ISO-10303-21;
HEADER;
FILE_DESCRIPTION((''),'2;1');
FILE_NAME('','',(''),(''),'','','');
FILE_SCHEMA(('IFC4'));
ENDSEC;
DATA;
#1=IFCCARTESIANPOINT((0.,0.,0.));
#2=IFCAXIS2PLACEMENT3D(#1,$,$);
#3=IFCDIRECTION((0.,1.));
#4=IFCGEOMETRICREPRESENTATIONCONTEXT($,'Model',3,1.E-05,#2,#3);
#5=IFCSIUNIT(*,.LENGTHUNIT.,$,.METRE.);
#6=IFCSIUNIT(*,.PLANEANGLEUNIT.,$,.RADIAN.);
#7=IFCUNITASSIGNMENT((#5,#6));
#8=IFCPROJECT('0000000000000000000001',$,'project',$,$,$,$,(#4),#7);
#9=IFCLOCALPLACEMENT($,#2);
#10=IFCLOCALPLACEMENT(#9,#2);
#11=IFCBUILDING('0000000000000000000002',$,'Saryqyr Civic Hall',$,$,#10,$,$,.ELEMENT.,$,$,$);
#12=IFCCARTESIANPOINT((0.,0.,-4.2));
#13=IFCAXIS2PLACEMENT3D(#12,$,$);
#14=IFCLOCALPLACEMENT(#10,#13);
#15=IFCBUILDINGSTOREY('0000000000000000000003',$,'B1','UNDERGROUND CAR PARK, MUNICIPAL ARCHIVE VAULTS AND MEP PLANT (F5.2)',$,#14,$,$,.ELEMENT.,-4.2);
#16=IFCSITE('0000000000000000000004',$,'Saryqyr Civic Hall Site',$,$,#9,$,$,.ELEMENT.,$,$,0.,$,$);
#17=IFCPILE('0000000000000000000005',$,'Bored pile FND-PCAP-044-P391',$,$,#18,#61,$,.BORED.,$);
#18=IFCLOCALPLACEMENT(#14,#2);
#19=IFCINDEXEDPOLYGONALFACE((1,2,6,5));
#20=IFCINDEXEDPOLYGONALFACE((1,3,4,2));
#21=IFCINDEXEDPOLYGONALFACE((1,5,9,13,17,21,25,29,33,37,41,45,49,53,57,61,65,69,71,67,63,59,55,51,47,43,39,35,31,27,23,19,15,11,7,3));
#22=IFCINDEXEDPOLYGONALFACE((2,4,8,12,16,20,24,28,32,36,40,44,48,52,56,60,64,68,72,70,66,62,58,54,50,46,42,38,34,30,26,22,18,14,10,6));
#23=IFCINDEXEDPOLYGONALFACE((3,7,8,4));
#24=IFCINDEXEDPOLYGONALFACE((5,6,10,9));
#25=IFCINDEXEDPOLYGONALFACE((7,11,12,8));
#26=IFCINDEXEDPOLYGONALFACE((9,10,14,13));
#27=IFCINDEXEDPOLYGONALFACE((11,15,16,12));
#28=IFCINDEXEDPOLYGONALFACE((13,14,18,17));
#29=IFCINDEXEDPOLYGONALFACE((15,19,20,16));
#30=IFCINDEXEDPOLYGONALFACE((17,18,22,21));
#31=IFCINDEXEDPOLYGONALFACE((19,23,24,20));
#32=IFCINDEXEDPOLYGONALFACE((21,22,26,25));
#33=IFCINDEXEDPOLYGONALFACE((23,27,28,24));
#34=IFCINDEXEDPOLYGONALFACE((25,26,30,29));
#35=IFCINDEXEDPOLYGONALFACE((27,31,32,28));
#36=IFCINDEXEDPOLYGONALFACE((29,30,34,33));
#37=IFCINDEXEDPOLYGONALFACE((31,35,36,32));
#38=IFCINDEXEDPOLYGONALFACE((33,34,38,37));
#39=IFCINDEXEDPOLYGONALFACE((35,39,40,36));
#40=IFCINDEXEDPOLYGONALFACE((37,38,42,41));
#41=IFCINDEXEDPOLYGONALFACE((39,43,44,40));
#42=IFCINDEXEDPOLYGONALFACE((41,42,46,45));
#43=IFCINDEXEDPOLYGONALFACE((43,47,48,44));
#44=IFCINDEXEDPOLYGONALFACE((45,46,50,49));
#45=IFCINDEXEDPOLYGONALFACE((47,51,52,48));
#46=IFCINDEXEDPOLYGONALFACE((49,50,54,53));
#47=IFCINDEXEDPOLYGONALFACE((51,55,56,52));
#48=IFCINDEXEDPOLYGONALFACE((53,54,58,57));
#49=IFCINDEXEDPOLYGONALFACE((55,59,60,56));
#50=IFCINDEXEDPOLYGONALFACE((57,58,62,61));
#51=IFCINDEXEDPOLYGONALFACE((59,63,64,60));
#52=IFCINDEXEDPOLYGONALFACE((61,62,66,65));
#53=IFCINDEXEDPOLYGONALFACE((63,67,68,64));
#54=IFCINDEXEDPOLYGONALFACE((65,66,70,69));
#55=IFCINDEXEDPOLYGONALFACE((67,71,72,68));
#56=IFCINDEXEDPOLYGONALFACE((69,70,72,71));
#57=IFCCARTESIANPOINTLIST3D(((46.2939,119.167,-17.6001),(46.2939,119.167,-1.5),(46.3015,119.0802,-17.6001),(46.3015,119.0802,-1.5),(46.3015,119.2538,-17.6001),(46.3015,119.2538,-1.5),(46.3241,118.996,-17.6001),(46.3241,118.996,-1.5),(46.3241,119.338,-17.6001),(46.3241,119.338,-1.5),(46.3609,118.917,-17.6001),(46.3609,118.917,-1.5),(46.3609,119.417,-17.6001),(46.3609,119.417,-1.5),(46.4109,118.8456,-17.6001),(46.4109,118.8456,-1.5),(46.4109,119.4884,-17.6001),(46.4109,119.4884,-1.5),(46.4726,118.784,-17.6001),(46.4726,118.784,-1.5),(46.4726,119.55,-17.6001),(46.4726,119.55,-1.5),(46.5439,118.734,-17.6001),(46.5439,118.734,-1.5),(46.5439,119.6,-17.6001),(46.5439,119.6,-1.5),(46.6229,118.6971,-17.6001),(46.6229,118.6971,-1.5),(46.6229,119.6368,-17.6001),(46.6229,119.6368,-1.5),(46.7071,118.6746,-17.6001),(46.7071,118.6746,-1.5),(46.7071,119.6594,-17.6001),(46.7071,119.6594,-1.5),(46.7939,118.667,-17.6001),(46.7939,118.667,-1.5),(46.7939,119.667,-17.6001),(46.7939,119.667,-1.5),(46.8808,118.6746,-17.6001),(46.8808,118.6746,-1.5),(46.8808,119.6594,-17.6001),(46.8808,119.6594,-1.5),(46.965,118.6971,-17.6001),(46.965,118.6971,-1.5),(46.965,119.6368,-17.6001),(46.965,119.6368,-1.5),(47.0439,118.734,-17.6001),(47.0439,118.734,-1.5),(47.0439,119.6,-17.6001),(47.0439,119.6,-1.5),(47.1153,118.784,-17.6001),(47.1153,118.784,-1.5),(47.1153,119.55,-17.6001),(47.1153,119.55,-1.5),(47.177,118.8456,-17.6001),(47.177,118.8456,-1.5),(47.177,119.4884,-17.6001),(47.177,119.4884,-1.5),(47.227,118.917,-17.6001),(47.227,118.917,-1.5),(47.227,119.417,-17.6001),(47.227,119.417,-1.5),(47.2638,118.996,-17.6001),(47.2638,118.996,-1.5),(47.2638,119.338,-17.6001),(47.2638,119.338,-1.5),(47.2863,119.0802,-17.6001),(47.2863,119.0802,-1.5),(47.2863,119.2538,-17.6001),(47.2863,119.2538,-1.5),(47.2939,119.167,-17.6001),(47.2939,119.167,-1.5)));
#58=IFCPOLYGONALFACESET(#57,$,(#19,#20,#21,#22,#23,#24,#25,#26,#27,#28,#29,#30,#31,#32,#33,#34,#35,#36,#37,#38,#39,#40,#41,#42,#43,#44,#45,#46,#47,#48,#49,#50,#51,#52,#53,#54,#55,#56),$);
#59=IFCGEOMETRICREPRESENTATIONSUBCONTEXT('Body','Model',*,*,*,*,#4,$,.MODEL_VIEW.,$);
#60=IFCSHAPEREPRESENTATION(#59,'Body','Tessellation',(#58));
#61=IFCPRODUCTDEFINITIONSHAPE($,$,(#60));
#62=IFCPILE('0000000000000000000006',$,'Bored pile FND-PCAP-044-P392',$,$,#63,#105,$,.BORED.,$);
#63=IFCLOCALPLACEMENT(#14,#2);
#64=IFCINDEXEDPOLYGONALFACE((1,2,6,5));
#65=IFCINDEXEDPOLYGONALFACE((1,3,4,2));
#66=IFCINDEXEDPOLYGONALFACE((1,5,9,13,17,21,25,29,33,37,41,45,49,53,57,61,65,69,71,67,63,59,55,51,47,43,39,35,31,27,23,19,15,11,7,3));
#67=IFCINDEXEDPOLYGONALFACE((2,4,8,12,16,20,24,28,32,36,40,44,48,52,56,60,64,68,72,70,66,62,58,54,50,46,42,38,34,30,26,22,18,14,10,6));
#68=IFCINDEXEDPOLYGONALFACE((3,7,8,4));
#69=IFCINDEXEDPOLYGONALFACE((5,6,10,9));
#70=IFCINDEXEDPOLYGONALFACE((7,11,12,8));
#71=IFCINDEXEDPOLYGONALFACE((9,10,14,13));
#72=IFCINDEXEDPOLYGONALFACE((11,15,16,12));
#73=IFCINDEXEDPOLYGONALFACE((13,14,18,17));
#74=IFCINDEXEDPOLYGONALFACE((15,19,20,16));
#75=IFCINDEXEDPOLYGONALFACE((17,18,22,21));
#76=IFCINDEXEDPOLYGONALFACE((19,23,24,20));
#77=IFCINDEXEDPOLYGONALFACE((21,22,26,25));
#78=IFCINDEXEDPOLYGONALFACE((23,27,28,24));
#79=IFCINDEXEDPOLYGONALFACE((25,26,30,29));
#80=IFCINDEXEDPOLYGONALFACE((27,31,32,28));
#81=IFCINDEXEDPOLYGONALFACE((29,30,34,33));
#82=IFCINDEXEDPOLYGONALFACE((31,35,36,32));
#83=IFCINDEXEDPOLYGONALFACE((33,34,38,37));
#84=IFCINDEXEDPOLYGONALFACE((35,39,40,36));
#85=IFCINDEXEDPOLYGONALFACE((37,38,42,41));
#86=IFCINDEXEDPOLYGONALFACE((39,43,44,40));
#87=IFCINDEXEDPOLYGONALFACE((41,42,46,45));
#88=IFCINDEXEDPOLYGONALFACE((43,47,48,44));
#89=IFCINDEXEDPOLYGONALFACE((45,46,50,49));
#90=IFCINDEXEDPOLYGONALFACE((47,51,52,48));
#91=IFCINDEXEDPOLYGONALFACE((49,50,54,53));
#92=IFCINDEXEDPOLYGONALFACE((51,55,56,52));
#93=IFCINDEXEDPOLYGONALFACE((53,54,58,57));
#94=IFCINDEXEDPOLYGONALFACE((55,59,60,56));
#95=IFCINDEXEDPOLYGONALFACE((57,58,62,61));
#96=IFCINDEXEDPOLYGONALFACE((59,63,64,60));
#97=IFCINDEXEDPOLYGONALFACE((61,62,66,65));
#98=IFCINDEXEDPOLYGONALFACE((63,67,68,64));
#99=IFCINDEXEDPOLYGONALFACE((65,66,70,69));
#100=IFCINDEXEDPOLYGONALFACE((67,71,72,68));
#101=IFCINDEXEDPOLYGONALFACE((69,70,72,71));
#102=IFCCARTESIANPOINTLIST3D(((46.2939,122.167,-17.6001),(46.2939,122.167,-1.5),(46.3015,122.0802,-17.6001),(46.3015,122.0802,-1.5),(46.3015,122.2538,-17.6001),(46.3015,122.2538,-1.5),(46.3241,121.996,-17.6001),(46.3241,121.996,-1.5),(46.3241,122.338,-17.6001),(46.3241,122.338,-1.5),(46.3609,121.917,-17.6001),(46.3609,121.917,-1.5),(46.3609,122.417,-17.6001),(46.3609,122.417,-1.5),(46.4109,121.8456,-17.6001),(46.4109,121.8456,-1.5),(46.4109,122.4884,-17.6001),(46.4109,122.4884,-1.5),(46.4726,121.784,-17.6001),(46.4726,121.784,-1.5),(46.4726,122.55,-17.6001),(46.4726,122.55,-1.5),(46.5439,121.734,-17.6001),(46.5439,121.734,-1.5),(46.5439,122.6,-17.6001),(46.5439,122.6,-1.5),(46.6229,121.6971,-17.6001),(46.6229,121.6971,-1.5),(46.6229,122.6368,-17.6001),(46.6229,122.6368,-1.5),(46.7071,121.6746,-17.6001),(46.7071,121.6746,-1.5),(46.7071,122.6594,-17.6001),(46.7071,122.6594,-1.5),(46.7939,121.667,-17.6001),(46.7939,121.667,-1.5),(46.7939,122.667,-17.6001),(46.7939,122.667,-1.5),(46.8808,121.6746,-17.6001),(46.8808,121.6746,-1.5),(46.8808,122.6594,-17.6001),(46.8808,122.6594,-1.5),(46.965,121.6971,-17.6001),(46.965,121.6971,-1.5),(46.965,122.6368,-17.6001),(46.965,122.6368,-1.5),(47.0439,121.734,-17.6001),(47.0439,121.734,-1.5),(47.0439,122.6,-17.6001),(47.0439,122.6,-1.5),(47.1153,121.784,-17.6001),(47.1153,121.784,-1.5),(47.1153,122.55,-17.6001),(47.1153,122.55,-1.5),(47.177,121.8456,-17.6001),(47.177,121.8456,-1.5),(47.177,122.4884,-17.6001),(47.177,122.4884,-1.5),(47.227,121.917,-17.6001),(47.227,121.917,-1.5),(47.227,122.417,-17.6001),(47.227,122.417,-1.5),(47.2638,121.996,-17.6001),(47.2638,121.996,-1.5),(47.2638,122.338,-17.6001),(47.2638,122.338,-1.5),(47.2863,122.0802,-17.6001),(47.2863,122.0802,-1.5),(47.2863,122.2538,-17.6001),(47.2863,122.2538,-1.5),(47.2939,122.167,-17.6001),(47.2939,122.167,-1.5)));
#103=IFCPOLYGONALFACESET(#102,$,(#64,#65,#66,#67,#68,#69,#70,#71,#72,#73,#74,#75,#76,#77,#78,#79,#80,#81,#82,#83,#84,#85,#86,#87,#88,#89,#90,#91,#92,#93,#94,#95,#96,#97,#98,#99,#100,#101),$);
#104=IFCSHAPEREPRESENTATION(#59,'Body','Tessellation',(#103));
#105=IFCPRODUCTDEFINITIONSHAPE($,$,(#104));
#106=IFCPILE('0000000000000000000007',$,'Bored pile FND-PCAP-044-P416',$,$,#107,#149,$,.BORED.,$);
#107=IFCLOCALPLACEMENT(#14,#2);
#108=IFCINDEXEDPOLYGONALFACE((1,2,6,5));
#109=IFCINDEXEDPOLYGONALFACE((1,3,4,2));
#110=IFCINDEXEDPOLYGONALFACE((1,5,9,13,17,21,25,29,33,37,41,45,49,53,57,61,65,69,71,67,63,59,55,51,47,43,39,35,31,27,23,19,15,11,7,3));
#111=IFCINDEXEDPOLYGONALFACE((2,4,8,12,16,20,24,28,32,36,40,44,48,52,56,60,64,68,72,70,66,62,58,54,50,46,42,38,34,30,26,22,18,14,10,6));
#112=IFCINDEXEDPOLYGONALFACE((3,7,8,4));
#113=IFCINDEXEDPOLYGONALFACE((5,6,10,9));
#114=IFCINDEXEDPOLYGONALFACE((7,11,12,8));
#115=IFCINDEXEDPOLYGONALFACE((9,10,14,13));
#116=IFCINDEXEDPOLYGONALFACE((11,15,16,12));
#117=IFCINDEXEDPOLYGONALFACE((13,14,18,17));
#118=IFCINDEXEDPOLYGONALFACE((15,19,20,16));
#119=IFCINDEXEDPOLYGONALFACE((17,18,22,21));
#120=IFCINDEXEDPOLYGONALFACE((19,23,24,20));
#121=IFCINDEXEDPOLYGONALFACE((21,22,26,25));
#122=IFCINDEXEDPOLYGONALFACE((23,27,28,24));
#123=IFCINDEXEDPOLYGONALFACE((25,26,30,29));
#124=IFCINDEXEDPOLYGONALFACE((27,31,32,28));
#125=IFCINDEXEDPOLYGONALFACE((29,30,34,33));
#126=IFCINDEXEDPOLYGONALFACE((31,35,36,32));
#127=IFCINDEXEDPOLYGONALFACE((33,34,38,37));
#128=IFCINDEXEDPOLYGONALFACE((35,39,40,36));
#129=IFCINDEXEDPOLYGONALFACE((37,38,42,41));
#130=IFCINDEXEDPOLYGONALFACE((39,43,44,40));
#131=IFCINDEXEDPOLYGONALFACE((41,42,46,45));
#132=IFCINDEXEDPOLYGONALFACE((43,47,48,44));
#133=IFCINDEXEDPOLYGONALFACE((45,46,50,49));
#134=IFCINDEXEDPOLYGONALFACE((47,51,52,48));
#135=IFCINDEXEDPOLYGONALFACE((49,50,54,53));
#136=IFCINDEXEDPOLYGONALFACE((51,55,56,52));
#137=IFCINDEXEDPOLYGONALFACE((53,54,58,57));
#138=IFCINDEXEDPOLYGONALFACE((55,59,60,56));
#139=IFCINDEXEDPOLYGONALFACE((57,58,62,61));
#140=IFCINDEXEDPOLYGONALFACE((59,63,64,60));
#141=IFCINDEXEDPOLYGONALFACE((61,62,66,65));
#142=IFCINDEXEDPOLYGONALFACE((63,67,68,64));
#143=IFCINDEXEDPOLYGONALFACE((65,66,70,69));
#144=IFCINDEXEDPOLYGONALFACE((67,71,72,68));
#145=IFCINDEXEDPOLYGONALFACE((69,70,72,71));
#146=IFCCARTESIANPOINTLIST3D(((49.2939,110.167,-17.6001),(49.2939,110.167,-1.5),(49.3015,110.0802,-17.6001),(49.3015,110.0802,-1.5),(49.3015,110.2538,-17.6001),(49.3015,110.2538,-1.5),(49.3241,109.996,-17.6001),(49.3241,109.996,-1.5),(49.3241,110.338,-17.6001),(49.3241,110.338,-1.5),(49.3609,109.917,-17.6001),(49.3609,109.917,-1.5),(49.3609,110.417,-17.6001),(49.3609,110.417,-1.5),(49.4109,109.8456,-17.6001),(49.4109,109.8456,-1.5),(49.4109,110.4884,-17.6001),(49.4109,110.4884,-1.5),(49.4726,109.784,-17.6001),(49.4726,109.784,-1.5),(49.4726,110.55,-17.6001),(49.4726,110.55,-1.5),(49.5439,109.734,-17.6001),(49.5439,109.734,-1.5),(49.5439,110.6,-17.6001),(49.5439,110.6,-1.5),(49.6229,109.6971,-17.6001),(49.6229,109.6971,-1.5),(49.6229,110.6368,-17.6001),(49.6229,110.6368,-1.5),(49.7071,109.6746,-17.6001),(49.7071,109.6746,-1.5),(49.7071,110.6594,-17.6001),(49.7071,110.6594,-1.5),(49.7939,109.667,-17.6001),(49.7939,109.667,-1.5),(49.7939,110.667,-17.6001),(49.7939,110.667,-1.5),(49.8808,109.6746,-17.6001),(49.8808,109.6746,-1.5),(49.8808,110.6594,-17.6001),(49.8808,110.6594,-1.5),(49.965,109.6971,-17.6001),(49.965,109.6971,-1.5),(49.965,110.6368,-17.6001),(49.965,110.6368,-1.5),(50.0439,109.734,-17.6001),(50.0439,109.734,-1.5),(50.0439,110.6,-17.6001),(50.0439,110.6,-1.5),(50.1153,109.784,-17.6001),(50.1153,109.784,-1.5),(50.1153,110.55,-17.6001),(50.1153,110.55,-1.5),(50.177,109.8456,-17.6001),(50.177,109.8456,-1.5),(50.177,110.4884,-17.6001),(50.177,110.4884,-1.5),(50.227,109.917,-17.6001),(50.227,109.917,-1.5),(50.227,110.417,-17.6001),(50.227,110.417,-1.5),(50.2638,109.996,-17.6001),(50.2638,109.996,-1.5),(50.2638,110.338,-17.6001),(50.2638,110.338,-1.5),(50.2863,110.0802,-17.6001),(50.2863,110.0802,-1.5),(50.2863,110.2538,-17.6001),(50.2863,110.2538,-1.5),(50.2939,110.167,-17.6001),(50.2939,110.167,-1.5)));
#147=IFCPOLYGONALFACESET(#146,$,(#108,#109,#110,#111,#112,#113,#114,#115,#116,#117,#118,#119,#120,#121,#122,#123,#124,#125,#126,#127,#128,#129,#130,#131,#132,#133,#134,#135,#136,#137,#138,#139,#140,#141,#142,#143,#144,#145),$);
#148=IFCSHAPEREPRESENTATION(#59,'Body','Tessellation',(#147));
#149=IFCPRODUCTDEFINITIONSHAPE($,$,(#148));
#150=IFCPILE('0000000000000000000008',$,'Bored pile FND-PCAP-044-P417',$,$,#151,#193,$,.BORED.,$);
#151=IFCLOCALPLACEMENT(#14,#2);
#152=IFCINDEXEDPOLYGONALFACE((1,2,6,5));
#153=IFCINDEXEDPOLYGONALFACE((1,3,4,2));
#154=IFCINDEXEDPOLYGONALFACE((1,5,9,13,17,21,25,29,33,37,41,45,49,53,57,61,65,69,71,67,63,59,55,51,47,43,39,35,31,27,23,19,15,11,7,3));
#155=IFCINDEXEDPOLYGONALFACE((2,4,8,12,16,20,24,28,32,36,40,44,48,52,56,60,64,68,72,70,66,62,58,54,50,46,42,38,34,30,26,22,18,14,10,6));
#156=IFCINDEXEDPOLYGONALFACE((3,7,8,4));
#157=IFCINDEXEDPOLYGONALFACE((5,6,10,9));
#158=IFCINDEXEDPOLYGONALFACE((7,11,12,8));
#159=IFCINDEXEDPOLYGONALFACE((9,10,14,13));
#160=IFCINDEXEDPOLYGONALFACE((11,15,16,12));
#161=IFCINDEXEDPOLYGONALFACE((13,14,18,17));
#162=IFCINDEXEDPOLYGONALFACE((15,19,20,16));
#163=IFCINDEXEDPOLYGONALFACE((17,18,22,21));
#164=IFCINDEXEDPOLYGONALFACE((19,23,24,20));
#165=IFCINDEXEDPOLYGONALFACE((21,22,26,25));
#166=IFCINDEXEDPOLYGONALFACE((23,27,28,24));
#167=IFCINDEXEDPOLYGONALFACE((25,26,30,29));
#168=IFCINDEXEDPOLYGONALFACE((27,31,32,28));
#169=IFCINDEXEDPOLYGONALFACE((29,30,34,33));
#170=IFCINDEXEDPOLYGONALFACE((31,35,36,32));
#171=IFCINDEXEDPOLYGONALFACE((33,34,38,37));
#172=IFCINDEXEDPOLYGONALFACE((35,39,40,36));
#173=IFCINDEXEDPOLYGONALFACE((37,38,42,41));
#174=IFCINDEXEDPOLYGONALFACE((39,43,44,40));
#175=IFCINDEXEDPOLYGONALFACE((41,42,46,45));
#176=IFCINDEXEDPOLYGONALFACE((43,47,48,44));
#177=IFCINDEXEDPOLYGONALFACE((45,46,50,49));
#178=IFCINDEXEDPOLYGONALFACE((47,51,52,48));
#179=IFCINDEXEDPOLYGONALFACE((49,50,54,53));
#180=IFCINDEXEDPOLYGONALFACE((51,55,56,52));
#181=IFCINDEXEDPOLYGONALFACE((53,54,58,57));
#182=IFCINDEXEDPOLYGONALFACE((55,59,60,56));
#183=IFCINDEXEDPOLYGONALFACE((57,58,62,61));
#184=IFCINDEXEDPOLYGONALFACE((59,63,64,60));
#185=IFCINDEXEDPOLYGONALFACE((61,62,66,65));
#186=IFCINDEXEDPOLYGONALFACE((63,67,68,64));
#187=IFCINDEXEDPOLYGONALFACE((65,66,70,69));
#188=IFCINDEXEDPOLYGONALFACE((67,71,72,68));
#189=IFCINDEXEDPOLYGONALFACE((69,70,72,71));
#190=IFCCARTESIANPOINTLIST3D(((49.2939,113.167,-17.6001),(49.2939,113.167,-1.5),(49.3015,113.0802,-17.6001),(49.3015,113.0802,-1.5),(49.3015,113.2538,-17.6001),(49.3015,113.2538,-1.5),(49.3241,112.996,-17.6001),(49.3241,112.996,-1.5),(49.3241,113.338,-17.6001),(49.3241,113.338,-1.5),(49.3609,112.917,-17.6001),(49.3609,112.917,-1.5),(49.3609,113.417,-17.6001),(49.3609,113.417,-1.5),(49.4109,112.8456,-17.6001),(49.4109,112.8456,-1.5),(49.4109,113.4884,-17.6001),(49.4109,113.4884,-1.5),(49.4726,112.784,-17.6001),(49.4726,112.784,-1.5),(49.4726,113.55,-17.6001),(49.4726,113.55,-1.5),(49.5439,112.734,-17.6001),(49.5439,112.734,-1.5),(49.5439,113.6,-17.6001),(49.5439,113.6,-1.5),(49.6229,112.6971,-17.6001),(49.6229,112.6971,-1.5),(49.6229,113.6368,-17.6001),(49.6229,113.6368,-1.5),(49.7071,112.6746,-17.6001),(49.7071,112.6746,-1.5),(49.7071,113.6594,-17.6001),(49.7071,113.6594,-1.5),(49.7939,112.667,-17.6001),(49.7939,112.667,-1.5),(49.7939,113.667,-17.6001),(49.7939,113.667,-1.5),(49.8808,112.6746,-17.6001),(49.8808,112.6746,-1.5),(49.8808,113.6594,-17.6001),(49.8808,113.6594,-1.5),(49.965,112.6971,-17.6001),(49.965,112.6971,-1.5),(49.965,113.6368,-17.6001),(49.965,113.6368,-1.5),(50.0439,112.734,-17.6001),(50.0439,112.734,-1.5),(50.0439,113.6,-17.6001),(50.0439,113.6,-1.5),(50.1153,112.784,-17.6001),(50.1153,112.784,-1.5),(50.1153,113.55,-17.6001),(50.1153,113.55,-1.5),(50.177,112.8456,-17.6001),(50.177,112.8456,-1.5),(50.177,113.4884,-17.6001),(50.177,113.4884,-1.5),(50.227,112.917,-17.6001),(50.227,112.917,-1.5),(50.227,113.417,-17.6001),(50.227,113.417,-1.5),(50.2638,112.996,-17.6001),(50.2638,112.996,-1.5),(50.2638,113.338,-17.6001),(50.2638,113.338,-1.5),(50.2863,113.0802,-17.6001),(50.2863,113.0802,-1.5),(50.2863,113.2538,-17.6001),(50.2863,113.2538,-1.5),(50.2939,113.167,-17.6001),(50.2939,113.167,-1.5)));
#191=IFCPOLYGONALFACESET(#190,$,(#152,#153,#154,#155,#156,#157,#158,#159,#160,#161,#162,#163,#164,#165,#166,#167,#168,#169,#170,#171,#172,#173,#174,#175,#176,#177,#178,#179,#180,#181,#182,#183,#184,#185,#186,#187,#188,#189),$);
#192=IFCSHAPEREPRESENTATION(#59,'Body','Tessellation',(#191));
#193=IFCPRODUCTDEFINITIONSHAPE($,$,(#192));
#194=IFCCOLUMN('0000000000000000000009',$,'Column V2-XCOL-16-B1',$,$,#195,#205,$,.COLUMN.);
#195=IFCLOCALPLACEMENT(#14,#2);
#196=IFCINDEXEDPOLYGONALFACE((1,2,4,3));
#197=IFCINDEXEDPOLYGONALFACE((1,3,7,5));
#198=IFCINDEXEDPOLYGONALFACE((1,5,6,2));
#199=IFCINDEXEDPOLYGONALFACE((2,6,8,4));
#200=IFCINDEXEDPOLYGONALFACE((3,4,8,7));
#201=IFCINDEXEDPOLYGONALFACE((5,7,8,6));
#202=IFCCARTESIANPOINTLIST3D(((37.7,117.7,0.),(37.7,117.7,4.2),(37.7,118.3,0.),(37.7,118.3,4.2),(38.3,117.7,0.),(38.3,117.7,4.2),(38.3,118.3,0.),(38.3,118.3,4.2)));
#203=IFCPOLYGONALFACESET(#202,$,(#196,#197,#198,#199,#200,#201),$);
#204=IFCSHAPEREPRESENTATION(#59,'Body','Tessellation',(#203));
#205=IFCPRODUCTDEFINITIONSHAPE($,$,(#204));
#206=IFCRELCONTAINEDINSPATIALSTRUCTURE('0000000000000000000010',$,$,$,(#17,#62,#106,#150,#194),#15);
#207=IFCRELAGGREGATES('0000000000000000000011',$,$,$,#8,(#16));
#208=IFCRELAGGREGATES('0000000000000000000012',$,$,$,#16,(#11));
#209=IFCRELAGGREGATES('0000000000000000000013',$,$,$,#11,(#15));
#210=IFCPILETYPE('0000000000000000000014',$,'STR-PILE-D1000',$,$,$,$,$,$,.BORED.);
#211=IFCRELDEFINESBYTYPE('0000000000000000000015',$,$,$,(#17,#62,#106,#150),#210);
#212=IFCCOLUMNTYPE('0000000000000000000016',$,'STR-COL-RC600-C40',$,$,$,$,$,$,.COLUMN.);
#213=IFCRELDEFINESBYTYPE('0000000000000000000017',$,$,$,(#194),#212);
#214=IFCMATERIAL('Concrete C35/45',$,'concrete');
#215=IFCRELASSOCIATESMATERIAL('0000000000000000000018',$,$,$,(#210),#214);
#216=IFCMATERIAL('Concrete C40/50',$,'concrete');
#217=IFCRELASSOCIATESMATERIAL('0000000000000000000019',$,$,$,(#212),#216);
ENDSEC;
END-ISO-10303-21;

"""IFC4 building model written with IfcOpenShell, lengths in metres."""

from ifc_helpers import new_model, si_unit, direction, frame, origin, origin_2d, place, context, subcontext, project, spatial, rectangle, circle, extrude, material, material_profile, profile_set, type_object, element, save


model = new_model("IFC4")

# Units and contexts
model_context = context("Model", 3, precision=1e-05, world=origin(), true_north=direction((0.0, 1.0)))
body_context = subcontext(model_context, "Body", "Model", "MODEL_VIEW")
ifc_project = project(units=[si_unit("LENGTHUNIT", "METRE"), si_unit("PLANEANGLEUNIT", "RADIAN")], contexts=[model_context])

# Site, building, storey
site_placement = place(None, origin())
site = spatial("IfcSite", under=ifc_project, at=site_placement, Name="Saryqyr Civic Hall Site", CompositionType="ELEMENT", RefElevation=0.0)
building_placement = place(site_placement, origin())
building = spatial("IfcBuilding", under=site, at=building_placement, Name="Saryqyr Civic Hall", CompositionType="ELEMENT")
storey_placement = place(building_placement, frame((0.0, 0.0, -4.2)))
storey = spatial("IfcBuildingStorey", under=building, at=storey_placement, Name="B1", Description="UNDERGROUND CAR PARK, MUNICIPAL ARCHIVE VAULTS AND MEP PLANT (F5.2)", CompositionType="ELEMENT", Elevation=-4.2)

# Piles
ifc_material_1 = material(Name="Concrete C35/45", Category="concrete")
ifc_material_profile_1 = material_profile(ifc_material_1, circle(Radius=0.5, at=origin_2d()), Name="BORED PILE D1000")
ifc_profile_set_1 = profile_set([ifc_material_profile_1], Name="Concrete C35/45")
pile_type = type_object("IfcPileType", Name="STR-PILE-D1000", PredefinedType="BORED", material=ifc_profile_set_1)
for number, where, z_axis, x_axis, name in (
    (1, (46.7939, 119.167, -1.5), (0.0, 0.0, -1.0), (1.0, 0.0, 0.0), "Bored pile FND-PCAP-044-P391"),
    (2, (46.7939, 122.167, -1.5), (0.0, 0.0, -1.0), (1.0, 0.0, 0.0), "Bored pile FND-PCAP-044-P392"),
    (3, (49.7939, 110.167, -1.5), (0.0, 0.0, -1.0), (1.0, 0.0, 0.0), "Bored pile FND-PCAP-044-P416"),
    (4, (49.7939, 113.167, -1.5), (0.0, 0.0, -1.0), (1.0, 0.0, 0.0), "Bored pile FND-PCAP-044-P417"),
):
    element("IfcPile", number, at=place(storey_placement, frame(where, z_axis=z_axis, x_axis=x_axis)), inside=storey, type_object=pile_type, Name=name, PredefinedType="BORED", context=body_context, shape_type="SweptSolid", body=[
        extrude(circle(Radius=0.5, at=origin_2d()), origin(), (0.0, 0.0, 1.0), 16.1001),
    ])

# Column
ifc_material_2 = material(Name="Concrete C40/50", Category="concrete")
ifc_material_profile_2 = material_profile(ifc_material_2, rectangle(XDim=0.6001, YDim=0.6001, at=origin_2d()), Name="RC 600x600")
ifc_profile_set_2 = profile_set([ifc_material_profile_2], Name="Concrete C40/50")
column_type_1 = type_object("IfcColumnType", Name="STR-COL-RC600-C40", PredefinedType="COLUMN", material=ifc_profile_set_2)
for number, where, z_axis, x_axis, name in (
    (5, (38.0, 118.0, 0.0), (0.0, 0.0, 1.0), (1.0, 0.0, 0.0), "Column V2-XCOL-16-B1"),
):
    element("IfcColumn", number, at=place(storey_placement, frame(where, z_axis=z_axis, x_axis=x_axis)), inside=storey, type_object=column_type_1, Name=name, PredefinedType="COLUMN", context=body_context, shape_type="SweptSolid", body=[
        extrude(rectangle(XDim=0.6001, YDim=0.6001, at=origin_2d()), origin(), (0.0, 0.0, 1.0), 4.2),
    ])

save(model, "model.ifc")
